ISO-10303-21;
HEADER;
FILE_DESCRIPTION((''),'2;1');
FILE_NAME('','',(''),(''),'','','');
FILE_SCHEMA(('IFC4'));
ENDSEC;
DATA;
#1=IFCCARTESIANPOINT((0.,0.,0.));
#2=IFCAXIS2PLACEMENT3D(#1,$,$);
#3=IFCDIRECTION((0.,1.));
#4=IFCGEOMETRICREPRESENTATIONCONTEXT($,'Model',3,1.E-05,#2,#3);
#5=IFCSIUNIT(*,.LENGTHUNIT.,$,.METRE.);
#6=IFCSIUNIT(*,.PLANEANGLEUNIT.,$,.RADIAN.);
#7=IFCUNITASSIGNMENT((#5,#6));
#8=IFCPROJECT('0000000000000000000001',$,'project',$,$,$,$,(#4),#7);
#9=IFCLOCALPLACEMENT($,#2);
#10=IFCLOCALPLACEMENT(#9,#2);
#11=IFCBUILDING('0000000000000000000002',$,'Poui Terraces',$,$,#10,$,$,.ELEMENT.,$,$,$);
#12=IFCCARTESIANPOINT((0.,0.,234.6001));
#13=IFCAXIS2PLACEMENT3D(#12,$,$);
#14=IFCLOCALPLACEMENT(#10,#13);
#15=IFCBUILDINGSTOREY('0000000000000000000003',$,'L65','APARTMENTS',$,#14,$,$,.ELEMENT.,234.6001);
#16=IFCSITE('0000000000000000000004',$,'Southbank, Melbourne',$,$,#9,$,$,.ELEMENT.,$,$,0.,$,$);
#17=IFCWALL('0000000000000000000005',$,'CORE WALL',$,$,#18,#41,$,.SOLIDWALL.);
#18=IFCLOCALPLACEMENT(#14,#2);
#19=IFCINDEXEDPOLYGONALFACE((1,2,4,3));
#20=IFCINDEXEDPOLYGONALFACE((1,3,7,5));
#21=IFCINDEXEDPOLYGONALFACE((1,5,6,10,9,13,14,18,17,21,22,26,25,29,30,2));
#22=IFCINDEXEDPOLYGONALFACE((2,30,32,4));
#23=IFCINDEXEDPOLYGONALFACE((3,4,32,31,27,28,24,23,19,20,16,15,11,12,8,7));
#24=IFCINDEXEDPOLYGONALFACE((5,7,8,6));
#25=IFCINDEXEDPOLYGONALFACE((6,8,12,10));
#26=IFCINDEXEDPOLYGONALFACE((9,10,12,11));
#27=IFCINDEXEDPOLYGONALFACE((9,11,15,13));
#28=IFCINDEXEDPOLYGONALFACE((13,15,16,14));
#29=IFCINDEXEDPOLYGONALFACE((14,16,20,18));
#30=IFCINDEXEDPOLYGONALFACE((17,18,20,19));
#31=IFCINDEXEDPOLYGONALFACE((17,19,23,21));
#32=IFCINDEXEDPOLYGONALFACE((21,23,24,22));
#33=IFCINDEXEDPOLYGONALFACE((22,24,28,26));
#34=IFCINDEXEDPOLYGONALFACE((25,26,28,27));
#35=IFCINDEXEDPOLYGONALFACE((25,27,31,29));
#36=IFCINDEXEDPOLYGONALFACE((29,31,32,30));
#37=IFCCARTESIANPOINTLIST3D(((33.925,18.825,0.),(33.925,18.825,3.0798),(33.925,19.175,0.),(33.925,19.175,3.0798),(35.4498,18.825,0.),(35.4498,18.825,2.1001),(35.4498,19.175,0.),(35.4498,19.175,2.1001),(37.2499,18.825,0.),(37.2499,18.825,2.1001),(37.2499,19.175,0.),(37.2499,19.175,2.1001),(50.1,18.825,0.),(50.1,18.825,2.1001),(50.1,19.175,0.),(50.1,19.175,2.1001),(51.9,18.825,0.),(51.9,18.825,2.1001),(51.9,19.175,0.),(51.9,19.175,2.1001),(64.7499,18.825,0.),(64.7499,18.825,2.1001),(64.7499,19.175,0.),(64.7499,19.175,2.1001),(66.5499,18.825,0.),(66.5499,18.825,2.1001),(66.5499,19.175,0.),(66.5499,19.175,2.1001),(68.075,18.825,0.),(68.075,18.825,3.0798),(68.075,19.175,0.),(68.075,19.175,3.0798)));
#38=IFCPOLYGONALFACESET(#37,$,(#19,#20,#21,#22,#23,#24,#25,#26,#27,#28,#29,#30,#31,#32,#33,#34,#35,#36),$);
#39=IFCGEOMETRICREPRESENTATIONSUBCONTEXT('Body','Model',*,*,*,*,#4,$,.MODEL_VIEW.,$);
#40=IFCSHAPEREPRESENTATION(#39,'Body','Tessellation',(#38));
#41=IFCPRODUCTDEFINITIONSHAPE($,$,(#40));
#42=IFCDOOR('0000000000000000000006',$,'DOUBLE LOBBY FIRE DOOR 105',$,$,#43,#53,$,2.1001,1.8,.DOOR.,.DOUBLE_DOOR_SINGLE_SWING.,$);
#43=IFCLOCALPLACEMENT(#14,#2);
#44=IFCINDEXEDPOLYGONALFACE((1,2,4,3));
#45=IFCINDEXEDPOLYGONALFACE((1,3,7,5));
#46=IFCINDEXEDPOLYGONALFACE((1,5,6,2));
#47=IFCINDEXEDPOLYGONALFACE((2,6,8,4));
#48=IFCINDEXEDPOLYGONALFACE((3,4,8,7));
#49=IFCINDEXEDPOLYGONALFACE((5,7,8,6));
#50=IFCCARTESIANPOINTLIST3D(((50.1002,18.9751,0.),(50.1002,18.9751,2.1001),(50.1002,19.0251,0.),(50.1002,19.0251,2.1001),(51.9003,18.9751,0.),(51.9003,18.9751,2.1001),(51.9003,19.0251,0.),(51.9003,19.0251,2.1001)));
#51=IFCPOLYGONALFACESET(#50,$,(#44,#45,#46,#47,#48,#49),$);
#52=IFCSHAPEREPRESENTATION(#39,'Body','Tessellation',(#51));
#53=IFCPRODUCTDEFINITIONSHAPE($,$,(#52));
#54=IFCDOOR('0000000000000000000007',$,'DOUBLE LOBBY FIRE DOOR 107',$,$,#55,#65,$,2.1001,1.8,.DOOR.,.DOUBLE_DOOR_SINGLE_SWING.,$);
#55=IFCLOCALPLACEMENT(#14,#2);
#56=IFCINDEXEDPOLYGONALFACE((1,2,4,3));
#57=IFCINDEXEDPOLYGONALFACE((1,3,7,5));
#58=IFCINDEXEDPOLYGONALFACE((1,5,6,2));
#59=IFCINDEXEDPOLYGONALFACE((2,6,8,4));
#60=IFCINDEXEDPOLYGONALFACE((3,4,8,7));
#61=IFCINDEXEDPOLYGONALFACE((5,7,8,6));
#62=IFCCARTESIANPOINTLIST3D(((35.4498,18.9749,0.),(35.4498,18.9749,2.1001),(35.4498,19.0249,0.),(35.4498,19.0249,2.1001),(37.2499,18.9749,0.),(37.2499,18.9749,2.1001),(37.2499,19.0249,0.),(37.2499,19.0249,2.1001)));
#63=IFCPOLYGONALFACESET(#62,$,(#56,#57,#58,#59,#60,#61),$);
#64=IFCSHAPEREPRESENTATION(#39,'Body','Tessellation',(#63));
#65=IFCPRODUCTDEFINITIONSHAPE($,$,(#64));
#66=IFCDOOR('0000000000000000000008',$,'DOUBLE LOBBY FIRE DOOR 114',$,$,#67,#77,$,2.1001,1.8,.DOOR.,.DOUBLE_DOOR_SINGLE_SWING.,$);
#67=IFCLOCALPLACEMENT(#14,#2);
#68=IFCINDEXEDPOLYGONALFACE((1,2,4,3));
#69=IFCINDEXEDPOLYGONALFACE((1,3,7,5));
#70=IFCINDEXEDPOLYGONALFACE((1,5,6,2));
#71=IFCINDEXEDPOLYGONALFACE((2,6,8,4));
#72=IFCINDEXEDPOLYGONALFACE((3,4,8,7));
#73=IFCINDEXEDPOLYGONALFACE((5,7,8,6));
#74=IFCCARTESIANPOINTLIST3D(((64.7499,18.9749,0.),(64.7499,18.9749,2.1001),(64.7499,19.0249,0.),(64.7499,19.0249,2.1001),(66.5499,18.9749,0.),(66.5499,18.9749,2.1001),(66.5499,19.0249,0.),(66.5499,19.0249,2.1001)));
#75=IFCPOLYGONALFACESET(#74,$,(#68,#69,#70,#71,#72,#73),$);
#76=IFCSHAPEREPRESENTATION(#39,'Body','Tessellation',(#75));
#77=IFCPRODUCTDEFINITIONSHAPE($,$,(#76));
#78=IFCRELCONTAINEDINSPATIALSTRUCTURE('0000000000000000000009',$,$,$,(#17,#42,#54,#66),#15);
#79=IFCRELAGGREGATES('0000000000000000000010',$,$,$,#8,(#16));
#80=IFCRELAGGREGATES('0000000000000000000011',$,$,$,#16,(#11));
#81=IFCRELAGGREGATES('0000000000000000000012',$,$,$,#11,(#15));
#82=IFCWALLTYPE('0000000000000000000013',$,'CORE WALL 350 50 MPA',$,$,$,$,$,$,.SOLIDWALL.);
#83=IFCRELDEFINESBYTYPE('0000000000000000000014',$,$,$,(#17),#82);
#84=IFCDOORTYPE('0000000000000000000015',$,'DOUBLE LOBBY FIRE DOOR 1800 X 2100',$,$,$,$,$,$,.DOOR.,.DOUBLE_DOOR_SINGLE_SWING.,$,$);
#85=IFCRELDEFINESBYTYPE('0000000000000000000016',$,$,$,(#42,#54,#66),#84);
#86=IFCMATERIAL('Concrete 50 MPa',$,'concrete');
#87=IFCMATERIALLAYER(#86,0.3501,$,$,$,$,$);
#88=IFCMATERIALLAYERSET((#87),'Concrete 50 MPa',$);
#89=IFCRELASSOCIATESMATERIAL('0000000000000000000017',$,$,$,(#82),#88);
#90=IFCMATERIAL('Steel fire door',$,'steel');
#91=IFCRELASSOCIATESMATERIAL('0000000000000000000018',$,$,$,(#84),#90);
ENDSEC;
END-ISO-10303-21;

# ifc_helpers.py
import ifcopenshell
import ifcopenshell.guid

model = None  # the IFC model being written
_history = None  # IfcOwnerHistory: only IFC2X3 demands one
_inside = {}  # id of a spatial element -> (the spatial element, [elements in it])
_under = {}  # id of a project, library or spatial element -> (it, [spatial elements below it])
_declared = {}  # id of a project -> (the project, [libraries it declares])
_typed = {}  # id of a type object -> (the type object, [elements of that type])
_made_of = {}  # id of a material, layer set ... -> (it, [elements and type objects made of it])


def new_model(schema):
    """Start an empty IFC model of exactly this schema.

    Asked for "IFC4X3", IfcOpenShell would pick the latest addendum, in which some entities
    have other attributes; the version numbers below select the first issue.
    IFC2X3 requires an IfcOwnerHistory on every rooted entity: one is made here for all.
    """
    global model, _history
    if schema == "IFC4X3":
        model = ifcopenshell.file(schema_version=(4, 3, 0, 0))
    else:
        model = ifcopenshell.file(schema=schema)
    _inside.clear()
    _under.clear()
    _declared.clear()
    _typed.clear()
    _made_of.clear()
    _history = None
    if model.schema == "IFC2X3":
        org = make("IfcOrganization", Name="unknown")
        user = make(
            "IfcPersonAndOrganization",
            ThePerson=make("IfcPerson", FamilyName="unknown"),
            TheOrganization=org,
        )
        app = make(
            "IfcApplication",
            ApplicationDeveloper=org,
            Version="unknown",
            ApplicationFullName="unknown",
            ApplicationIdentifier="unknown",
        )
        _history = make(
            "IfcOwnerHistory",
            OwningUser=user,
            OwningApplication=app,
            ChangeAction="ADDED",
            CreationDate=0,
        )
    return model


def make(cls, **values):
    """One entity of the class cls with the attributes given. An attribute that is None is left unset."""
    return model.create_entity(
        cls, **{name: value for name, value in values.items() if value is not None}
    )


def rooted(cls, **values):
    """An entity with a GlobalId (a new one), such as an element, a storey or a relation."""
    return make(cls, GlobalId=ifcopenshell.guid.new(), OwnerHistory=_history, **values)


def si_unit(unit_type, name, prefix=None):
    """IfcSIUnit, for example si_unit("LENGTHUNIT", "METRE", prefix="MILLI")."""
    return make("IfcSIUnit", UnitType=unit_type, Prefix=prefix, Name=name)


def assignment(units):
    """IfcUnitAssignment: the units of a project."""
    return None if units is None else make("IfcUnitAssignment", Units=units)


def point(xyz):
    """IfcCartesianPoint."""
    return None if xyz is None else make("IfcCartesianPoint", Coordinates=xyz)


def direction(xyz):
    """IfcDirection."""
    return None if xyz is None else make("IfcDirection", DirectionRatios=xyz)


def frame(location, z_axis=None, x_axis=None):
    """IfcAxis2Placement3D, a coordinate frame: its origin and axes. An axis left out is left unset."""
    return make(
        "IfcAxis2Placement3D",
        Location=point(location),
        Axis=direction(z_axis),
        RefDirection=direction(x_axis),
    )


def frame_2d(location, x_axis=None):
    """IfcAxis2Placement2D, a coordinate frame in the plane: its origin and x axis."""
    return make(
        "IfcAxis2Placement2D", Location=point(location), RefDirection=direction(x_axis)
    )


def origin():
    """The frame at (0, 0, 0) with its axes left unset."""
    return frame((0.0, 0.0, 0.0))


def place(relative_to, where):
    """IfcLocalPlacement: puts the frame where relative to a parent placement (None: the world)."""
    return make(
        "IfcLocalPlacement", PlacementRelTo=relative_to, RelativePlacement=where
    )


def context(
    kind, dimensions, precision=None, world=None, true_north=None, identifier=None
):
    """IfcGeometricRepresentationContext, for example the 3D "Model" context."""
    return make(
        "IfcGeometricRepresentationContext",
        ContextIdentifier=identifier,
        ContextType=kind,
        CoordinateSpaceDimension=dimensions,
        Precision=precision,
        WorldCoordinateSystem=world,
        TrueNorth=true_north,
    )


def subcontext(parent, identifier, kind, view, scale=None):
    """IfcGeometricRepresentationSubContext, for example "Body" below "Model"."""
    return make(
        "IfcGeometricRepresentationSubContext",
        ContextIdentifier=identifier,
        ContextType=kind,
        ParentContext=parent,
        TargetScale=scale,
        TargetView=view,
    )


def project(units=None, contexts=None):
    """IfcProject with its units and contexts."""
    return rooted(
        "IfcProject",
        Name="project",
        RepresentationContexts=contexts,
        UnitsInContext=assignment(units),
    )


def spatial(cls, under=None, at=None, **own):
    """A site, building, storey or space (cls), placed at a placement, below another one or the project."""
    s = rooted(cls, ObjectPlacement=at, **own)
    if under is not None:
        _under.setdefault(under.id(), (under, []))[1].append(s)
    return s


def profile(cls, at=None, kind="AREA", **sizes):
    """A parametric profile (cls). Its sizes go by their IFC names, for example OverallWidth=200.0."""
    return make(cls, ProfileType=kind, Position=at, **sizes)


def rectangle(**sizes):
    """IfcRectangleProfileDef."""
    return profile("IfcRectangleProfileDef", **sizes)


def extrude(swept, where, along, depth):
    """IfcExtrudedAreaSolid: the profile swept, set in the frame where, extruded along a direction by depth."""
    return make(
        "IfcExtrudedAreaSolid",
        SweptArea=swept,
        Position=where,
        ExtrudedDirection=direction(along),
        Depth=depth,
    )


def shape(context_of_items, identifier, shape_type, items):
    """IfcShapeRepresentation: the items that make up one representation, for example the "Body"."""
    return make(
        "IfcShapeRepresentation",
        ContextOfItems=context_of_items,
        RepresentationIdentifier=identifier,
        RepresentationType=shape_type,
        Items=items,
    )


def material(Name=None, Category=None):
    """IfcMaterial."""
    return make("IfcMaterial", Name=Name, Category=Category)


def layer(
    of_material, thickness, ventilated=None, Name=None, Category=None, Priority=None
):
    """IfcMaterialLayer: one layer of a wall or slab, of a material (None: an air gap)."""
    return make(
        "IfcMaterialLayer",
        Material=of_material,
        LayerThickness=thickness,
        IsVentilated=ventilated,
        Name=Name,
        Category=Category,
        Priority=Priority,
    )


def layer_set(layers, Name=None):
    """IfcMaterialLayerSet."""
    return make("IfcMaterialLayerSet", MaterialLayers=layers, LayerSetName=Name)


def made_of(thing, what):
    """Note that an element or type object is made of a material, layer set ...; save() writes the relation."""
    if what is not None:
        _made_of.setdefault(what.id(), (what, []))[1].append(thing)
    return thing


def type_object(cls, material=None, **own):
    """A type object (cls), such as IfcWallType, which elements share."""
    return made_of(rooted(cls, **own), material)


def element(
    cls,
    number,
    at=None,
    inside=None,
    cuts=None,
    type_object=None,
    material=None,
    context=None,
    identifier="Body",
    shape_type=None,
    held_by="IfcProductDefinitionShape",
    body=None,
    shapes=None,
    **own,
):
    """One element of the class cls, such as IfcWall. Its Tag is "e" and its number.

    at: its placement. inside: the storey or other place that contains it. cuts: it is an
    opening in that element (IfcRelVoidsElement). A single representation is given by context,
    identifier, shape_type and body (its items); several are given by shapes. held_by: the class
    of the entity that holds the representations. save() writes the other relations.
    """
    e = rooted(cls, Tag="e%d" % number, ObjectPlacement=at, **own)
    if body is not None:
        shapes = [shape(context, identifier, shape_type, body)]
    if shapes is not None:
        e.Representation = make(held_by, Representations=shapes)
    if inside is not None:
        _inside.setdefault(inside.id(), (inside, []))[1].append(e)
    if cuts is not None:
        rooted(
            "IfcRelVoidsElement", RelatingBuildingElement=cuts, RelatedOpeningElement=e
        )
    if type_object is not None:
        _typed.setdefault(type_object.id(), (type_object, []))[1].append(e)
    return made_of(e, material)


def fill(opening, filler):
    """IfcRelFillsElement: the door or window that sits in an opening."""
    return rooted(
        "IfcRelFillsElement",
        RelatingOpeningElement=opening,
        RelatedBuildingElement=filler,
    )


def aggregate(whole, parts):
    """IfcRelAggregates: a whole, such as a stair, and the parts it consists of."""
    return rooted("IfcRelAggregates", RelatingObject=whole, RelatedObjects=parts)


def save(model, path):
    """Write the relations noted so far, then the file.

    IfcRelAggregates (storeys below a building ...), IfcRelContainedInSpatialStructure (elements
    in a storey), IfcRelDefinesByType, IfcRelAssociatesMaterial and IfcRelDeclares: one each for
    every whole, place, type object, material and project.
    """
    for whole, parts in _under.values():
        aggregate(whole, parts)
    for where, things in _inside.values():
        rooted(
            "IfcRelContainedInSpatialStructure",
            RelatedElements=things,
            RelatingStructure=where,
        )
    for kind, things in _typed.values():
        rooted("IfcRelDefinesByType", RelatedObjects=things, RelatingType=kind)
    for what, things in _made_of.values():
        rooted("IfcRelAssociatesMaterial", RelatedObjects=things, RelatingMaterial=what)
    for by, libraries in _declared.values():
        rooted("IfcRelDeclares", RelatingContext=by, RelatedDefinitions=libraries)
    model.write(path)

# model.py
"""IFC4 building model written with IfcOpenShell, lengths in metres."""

from ifc_helpers import new_model, si_unit, direction, frame, frame_2d, origin, place, context, subcontext, project, spatial, rectangle, extrude, material, layer, layer_set, type_object, element, fill, save


model = new_model("IFC4")

# Units and contexts
model_context = context("Model", 3, precision=1e-05, world=origin(), true_north=direction((0.0, 1.0)))
body_context = subcontext(model_context, "Body", "Model", "MODEL_VIEW")
ifc_project = project(units=[si_unit("LENGTHUNIT", "METRE"), si_unit("PLANEANGLEUNIT", "RADIAN")], contexts=[model_context])

# Site, building, storey
site_placement = place(None, origin())
site = spatial("IfcSite", under=ifc_project, at=site_placement, Name="Southbank, Melbourne", CompositionType="ELEMENT", RefElevation=0.0)
building_placement = place(site_placement, origin())
building = spatial("IfcBuilding", under=site, at=building_placement, Name="Poui Terraces", CompositionType="ELEMENT")
storey_placement = place(building_placement, frame((0.0, 0.0, 234.6001)))
storey = spatial("IfcBuildingStorey", under=building, at=storey_placement, Name="L65", Description="APARTMENTS", CompositionType="ELEMENT", Elevation=234.6001)

# Wall, openings, doors
ifc_material_1 = material(Name="Concrete 50 MPa", Category="concrete")
ifc_layer_1 = layer(ifc_material_1, 0.3501)
ifc_layer_set_1 = layer_set([ifc_layer_1], Name="Concrete 50 MPa")
wall_type_1 = type_object("IfcWallType", Name="CORE WALL 350 50 MPA", PredefinedType="SOLIDWALL", material=ifc_layer_set_1)
wall_1_placement = place(storey_placement, frame((33.925, 19.0, 0.0), z_axis=(0.0, 0.0, 1.0), x_axis=(1.0, 0.0, 0.0)))
wall_1 = element("IfcWall", 1, at=wall_1_placement, inside=storey, type_object=wall_type_1, Name="CORE WALL", PredefinedType="SOLIDWALL", context=body_context, shape_type="SweptSolid", body=[
    extrude(rectangle(XDim=34.1499, YDim=0.3501, at=frame_2d((17.075, 0.0))), origin(), (0.0, 0.0, 1.0), 3.0798),
])
opening_1_placement = place(wall_1_placement, frame((16.175, 0.0, 0.0)))
opening_1 = element("IfcOpeningElement", 2, at=opening_1_placement, cuts=wall_1, PredefinedType="OPENING", context=body_context, shape_type="SweptSolid", body=[
    extrude(rectangle(XDim=1.8, YDim=2.1001, at=frame_2d((0.8999, 1.05))), frame((0.0, 0.1851, 0.0), z_axis=(0.0, -1.0, 0.0), x_axis=(1.0, 0.0, 0.0)), (0.0, 0.0, 1.0), 0.3701),
])
opening_2_placement = place(wall_1_placement, frame((1.5249, 0.0, 0.0)))
opening_2 = element("IfcOpeningElement", 3, at=opening_2_placement, cuts=wall_1, PredefinedType="OPENING", context=body_context, shape_type="SweptSolid", body=[
    extrude(rectangle(XDim=1.8, YDim=2.1001, at=frame_2d((0.8999, 1.05))), frame((0.0, 0.1851, 0.0), z_axis=(0.0, -1.0, 0.0), x_axis=(1.0, 0.0, 0.0)), (0.0, 0.0, 1.0), 0.3701),
])
opening_3_placement = place(wall_1_placement, frame((30.825, 0.0, 0.0)))
opening_3 = element("IfcOpeningElement", 4, at=opening_3_placement, cuts=wall_1, PredefinedType="OPENING", context=body_context, shape_type="SweptSolid", body=[
    extrude(rectangle(XDim=1.8, YDim=2.1001, at=frame_2d((0.8999, 1.05))), frame((0.0, 0.1851, 0.0), z_axis=(0.0, -1.0, 0.0), x_axis=(1.0, 0.0, 0.0)), (0.0, 0.0, 1.0), 0.3701),
])
ifc_material_2 = material(Name="Steel fire door", Category="steel")
door_type_1 = type_object("IfcDoorType", Name="DOUBLE LOBBY FIRE DOOR 1800 X 2100", OperationType="DOUBLE_DOOR_SINGLE_SWING", PredefinedType="DOOR", material=ifc_material_2)
door_1_placement = place(opening_1_placement, frame((1.8, 0.0, 0.0), z_axis=(0.0, 0.0, 1.0), x_axis=(-1.0, 0.0, 0.0)))
door_1 = element("IfcDoor", 5, at=door_1_placement, inside=storey, type_object=door_type_1, Name="DOUBLE LOBBY FIRE DOOR 105", OperationType="DOUBLE_DOOR_SINGLE_SWING", OverallHeight=2.1001, OverallWidth=1.8, PredefinedType="DOOR", context=body_context, shape_type="SweptSolid", body=[
    extrude(rectangle(XDim=1.8, YDim=2.1001, at=frame_2d((0.8999, 1.05))), frame((0.0, 0.0249, 0.0), z_axis=(0.0, -1.0, 0.0), x_axis=(1.0, 0.0, 0.0)), (0.0, 0.0, 1.0), 0.05),
])
fill(opening_1, door_1)
door_2_placement = place(opening_2_placement, origin())
door_2 = element("IfcDoor", 6, at=door_2_placement, inside=storey, type_object=door_type_1, Name="DOUBLE LOBBY FIRE DOOR 107", OperationType="DOUBLE_DOOR_SINGLE_SWING", OverallHeight=2.1001, OverallWidth=1.8, PredefinedType="DOOR", context=body_context, shape_type="SweptSolid", body=[
    extrude(rectangle(XDim=1.8, YDim=2.1001, at=frame_2d((0.8999, 1.05))), frame((0.0, 0.0249, 0.0), z_axis=(0.0, -1.0, 0.0), x_axis=(1.0, 0.0, 0.0)), (0.0, 0.0, 1.0), 0.05),
])
fill(opening_2, door_2)
door_3_placement = place(opening_3_placement, origin())
door_3 = element("IfcDoor", 7, at=door_3_placement, inside=storey, type_object=door_type_1, Name="DOUBLE LOBBY FIRE DOOR 114", OperationType="DOUBLE_DOOR_SINGLE_SWING", OverallHeight=2.1001, OverallWidth=1.8, PredefinedType="DOOR", context=body_context, shape_type="SweptSolid", body=[
    extrude(rectangle(XDim=1.8, YDim=2.1001, at=frame_2d((0.8999, 1.05))), frame((0.0, 0.0249, 0.0), z_axis=(0.0, -1.0, 0.0), x_axis=(1.0, 0.0, 0.0)), (0.0, 0.0, 1.0), 0.05),
])
fill(opening_3, door_3)

save(model, "model.ifc")
